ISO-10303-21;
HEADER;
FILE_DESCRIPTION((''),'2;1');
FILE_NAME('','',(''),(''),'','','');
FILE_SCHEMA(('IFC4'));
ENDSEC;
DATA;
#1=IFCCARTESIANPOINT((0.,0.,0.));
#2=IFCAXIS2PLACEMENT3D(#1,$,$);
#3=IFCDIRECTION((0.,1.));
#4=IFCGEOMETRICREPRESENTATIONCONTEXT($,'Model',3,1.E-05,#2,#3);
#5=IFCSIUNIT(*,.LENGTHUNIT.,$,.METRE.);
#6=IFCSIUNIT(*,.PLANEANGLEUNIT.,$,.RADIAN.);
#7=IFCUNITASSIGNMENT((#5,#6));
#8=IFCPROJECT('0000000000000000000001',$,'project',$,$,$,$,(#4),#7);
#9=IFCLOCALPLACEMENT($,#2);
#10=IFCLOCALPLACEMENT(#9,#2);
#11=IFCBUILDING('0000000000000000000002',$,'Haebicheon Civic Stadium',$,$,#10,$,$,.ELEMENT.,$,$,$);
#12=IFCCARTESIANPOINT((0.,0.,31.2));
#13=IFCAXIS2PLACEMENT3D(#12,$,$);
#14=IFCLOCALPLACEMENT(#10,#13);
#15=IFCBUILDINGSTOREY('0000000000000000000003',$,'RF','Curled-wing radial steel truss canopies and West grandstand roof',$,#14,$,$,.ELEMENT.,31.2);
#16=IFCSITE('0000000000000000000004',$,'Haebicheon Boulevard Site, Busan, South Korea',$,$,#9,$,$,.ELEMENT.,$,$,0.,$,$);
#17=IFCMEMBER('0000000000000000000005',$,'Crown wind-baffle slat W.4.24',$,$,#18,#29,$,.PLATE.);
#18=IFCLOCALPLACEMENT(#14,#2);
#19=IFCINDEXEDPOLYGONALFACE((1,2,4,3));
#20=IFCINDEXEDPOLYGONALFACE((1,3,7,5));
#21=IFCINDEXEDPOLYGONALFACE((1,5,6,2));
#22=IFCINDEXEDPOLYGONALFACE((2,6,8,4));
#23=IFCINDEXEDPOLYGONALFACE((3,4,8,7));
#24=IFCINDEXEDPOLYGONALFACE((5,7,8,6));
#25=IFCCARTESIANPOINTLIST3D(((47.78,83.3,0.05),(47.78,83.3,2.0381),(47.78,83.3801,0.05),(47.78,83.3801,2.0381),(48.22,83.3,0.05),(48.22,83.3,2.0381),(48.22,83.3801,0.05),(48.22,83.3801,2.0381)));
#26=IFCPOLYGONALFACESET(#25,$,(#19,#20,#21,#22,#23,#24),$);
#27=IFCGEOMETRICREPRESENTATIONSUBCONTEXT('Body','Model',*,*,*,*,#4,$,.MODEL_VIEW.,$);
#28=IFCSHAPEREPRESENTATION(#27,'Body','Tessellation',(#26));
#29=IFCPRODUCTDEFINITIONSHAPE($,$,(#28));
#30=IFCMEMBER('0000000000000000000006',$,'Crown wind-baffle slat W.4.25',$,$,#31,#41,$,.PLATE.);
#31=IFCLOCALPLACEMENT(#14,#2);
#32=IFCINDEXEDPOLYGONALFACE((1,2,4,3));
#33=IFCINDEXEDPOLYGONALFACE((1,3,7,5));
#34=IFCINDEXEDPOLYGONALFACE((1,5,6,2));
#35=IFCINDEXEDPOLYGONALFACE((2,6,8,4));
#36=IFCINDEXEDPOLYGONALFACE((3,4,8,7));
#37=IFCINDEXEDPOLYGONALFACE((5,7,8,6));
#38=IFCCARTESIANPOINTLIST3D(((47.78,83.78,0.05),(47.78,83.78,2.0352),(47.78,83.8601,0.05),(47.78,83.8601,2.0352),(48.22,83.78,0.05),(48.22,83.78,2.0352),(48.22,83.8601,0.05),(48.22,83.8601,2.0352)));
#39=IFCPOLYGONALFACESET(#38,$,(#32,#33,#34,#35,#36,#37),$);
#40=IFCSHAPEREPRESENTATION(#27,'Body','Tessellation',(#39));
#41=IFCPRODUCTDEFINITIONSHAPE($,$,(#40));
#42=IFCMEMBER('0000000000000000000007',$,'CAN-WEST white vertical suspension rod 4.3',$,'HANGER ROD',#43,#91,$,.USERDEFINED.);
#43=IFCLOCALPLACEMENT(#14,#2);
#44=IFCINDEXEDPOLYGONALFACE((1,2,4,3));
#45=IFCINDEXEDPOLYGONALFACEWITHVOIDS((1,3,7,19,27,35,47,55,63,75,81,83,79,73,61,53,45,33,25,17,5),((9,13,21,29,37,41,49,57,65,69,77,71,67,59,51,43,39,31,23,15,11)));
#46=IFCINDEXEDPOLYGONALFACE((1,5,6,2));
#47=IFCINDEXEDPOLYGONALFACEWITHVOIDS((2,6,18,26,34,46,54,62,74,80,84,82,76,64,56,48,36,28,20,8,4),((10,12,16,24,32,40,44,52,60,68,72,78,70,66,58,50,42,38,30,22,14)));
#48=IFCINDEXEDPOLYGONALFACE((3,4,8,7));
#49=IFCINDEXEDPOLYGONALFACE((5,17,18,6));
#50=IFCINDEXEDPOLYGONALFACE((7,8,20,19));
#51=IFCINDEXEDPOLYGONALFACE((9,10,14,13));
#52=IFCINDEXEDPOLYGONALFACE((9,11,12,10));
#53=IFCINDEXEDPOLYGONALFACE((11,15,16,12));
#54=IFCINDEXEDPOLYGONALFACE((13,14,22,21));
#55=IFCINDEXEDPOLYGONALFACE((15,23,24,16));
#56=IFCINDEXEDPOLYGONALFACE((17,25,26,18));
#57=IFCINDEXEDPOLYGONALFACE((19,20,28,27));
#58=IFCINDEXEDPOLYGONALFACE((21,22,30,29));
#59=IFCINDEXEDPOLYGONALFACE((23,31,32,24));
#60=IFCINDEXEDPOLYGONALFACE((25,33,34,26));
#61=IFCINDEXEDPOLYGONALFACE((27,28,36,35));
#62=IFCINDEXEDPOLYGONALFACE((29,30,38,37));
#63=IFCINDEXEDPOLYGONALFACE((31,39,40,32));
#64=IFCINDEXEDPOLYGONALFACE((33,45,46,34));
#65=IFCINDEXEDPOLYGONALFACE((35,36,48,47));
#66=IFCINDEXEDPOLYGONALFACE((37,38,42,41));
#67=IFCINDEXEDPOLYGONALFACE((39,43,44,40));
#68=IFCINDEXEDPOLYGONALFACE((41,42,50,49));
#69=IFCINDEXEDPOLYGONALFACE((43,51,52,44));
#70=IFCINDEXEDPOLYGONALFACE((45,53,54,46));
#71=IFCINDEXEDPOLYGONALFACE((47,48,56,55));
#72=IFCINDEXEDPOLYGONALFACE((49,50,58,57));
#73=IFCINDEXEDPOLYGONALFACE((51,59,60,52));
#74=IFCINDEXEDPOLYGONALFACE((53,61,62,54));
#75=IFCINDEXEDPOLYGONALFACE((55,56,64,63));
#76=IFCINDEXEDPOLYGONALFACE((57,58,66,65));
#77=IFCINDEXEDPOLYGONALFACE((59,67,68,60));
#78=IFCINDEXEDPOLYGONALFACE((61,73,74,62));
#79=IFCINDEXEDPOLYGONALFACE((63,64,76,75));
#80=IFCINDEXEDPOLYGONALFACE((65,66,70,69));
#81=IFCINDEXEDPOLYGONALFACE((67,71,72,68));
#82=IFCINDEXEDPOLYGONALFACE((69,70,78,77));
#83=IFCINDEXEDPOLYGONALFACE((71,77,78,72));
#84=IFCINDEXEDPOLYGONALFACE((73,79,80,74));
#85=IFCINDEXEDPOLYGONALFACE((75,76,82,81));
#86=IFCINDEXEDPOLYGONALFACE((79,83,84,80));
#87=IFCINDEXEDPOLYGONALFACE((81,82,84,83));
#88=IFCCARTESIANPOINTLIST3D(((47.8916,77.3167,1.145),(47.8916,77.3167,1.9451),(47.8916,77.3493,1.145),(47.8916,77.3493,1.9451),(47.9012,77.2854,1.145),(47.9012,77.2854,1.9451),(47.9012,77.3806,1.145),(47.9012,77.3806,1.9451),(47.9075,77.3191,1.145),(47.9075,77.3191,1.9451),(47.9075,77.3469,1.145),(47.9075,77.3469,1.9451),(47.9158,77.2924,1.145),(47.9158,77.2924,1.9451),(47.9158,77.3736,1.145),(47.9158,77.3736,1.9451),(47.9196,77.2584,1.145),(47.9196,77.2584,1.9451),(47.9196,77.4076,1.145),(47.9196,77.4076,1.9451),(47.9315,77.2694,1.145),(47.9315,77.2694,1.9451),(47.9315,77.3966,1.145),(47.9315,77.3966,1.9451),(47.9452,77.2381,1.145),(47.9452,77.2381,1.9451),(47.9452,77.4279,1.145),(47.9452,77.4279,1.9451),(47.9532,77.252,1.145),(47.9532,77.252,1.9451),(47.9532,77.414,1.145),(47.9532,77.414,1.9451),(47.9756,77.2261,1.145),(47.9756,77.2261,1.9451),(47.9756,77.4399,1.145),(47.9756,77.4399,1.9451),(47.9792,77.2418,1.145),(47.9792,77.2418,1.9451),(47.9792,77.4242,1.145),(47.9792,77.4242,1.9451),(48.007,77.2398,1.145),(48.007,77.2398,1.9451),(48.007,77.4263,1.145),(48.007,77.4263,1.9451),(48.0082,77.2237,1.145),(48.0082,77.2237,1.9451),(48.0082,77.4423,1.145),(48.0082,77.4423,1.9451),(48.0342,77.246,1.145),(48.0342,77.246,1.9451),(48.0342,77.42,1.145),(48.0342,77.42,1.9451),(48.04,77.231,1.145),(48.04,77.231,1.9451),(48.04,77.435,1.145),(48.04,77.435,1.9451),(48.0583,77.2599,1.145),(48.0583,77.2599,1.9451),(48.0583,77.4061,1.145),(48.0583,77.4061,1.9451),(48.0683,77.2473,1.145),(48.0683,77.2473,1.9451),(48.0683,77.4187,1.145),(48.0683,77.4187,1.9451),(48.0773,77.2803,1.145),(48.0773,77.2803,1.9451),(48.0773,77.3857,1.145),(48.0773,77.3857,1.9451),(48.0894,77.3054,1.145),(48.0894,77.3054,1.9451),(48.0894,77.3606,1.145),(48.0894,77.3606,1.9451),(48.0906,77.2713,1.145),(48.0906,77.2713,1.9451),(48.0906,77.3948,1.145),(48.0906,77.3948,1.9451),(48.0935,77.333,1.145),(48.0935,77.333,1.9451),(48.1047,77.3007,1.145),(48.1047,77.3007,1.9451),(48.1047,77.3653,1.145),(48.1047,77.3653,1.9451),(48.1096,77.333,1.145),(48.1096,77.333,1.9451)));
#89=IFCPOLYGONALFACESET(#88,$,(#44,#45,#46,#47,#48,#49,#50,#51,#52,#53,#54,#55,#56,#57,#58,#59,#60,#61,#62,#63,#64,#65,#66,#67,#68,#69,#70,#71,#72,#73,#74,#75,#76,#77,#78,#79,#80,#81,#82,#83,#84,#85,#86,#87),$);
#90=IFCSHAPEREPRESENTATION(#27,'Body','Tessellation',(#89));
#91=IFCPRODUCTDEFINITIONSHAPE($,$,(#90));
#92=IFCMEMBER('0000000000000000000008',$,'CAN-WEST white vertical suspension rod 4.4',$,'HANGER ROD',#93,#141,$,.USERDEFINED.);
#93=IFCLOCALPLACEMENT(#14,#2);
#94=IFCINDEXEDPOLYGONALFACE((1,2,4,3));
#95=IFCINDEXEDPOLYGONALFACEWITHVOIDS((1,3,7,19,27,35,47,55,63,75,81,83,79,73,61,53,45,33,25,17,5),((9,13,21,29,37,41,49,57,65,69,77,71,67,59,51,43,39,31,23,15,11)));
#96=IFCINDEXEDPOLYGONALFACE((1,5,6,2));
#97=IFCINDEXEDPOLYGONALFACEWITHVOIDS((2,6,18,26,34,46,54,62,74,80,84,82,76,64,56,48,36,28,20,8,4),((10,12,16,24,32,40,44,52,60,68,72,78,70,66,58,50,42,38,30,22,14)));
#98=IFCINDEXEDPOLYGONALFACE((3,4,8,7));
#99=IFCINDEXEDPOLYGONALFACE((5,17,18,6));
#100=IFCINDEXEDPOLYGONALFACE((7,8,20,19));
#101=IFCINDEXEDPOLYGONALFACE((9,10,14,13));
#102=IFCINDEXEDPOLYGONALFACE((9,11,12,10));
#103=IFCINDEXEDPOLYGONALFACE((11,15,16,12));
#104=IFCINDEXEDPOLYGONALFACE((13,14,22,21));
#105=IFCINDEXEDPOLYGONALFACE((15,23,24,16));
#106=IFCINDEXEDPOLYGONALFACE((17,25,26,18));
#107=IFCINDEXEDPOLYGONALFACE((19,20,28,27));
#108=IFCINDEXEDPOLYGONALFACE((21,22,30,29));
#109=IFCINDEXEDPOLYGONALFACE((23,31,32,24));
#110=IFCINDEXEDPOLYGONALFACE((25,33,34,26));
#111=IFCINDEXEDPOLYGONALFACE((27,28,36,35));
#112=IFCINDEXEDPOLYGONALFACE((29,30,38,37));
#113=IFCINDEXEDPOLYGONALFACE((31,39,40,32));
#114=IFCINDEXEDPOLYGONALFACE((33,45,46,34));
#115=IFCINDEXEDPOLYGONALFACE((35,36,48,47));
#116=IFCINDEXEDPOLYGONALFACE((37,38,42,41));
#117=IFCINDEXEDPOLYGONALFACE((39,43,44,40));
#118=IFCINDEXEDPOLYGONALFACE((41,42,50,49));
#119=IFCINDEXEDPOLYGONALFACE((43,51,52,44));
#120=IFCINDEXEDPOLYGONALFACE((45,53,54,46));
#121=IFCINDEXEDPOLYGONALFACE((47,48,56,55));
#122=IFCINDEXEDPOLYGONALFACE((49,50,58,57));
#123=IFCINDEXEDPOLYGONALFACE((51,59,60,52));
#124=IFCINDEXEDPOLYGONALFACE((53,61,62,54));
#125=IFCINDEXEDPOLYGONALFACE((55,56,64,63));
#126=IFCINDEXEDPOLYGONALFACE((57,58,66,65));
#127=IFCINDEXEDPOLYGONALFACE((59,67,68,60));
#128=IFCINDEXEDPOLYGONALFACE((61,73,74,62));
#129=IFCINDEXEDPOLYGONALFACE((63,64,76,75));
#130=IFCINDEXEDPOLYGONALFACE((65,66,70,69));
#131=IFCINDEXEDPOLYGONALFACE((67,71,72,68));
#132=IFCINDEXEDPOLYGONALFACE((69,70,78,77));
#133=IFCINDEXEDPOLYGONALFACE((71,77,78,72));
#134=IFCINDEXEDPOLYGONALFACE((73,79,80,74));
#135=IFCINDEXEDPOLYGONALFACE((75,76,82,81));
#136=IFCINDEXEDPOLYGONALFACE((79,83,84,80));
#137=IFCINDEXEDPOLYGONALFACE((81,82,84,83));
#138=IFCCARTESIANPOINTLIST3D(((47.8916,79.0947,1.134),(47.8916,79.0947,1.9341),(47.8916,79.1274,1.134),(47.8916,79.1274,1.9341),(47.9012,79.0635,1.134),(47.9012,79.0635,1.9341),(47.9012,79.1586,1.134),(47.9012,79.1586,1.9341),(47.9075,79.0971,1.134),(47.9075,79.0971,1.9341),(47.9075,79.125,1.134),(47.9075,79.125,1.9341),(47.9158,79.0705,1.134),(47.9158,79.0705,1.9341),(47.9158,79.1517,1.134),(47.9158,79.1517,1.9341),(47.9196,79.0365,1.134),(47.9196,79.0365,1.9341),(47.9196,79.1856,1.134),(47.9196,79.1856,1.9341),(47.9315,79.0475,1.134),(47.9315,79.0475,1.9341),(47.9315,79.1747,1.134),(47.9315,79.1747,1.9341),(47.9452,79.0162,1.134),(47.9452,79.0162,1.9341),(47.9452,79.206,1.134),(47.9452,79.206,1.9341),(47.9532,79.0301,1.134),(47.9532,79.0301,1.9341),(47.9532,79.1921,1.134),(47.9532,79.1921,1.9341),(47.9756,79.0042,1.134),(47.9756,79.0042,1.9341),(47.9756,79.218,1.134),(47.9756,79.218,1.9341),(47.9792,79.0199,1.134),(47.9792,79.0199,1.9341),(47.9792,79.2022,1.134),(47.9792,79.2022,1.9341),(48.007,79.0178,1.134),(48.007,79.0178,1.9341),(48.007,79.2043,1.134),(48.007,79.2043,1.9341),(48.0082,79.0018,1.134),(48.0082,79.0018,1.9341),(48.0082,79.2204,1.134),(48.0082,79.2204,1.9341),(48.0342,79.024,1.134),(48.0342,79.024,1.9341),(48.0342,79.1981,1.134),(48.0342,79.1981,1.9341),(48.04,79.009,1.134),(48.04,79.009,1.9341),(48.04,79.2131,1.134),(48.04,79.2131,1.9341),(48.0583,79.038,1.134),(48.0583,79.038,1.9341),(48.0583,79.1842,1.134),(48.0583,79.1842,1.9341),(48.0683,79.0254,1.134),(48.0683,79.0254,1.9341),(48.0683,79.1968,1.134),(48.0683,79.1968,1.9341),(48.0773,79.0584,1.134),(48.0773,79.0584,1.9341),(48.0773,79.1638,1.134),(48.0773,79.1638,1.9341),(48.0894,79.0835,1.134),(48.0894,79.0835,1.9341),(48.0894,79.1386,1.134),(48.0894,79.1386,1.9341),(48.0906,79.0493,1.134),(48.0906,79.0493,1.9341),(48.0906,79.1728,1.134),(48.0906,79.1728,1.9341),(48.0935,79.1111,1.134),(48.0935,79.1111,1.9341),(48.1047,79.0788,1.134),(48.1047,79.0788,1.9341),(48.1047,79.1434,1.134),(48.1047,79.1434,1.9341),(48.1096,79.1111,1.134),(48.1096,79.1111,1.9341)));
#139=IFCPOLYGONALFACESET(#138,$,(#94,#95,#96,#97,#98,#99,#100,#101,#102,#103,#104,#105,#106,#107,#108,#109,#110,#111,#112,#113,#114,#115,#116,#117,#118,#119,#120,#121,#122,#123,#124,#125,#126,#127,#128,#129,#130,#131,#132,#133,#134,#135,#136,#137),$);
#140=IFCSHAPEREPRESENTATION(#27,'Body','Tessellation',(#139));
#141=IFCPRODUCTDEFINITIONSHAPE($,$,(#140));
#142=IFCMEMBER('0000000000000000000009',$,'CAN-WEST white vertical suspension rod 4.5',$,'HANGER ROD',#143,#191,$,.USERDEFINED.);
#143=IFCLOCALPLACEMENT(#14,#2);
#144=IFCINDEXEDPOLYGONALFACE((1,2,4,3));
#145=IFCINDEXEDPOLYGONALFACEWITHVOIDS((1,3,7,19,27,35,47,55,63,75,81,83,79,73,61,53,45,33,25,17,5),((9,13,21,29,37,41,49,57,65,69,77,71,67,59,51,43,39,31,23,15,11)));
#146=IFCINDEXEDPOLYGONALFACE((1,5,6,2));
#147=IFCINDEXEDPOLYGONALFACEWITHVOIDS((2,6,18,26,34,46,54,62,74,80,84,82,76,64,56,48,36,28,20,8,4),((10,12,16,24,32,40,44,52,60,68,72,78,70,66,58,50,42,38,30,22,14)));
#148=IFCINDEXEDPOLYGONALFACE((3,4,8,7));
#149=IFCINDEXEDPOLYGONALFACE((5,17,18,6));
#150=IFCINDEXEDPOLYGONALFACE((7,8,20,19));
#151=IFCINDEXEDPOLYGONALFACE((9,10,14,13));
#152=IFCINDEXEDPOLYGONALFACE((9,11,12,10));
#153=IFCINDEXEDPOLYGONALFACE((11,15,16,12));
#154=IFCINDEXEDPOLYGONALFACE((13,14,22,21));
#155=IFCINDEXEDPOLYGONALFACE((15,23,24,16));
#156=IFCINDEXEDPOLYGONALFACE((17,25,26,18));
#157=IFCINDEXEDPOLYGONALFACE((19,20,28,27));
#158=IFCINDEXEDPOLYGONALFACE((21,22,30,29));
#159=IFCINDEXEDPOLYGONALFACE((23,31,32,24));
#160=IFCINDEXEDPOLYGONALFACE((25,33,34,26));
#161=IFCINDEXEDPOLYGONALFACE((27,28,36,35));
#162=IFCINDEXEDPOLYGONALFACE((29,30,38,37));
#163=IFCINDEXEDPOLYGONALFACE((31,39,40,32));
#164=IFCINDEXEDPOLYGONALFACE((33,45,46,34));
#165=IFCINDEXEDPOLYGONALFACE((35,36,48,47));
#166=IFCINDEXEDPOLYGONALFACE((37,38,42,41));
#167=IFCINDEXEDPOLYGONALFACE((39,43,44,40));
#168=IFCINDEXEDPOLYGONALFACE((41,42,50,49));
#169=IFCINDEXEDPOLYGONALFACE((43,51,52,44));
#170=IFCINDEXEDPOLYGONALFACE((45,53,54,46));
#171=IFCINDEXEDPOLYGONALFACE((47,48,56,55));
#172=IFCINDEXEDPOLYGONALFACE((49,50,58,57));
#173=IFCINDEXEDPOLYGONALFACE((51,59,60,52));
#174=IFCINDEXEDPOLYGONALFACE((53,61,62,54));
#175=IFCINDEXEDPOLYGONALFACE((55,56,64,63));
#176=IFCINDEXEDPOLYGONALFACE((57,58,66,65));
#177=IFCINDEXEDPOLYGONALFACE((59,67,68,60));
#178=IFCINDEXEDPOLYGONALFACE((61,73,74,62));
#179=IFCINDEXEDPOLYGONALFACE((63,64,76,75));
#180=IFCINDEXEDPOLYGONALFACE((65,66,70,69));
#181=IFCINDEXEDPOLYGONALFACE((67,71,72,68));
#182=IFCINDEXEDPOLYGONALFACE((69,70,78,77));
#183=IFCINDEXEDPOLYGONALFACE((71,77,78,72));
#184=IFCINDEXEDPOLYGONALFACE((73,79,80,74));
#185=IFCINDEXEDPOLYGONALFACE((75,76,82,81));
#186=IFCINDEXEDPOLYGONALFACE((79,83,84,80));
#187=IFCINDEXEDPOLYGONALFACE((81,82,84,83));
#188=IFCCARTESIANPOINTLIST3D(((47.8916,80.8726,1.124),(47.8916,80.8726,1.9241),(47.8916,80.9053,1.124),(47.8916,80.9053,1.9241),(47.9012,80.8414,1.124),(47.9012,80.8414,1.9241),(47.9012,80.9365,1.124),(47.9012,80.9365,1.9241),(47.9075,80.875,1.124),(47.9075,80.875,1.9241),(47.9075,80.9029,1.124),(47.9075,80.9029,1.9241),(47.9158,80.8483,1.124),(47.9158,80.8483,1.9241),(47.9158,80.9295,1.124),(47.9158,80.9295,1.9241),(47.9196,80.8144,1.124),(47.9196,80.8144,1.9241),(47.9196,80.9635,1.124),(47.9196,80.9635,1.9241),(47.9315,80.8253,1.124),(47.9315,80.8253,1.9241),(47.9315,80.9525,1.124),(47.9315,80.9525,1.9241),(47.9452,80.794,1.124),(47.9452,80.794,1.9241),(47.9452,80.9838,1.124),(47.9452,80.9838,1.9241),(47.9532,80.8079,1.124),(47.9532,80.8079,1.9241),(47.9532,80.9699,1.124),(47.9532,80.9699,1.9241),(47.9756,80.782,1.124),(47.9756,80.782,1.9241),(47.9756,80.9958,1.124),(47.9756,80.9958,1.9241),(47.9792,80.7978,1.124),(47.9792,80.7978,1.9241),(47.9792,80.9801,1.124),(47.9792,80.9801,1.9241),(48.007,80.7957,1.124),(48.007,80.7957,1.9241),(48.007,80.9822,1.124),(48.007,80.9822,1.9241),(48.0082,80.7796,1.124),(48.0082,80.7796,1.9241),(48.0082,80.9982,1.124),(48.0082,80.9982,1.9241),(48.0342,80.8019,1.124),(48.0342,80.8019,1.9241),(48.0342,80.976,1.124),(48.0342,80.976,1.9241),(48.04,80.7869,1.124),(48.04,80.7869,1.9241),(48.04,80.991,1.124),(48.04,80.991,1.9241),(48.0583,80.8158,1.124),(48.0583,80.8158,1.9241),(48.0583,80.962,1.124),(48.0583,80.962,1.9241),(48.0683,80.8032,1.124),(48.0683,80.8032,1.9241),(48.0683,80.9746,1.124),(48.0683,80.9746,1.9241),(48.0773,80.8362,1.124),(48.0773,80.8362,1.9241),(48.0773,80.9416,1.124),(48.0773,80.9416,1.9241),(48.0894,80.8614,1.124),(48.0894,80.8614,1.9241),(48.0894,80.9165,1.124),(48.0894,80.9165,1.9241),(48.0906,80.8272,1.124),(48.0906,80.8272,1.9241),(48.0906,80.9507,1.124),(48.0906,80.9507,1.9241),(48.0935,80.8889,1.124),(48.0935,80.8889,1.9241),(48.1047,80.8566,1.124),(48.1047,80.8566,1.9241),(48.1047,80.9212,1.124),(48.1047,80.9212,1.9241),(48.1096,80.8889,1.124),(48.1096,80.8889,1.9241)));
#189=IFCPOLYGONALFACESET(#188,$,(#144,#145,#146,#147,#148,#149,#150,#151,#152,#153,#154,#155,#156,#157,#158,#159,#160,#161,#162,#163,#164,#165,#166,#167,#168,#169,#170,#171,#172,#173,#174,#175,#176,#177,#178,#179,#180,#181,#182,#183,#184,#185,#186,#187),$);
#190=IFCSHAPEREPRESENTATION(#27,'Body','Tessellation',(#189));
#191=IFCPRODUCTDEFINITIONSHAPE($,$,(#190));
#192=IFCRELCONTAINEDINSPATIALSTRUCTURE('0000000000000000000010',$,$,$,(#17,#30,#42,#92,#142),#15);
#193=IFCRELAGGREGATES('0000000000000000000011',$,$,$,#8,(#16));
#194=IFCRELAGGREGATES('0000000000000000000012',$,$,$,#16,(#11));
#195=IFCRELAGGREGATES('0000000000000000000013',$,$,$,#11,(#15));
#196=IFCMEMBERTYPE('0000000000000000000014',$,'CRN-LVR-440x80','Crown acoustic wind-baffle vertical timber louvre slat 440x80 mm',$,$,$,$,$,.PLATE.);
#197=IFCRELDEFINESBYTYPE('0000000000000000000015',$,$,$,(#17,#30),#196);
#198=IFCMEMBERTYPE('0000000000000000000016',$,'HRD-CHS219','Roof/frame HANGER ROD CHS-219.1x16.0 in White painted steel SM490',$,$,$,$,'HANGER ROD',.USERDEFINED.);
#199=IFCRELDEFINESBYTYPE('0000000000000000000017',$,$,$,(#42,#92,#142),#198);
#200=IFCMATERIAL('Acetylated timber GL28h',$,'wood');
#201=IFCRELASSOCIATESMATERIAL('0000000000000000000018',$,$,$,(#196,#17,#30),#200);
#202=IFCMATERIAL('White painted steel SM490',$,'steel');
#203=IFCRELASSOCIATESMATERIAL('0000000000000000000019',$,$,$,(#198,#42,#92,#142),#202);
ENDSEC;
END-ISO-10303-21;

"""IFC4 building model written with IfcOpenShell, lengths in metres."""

from ifc_helpers import new_model, si_unit, direction, frame, origin, origin_2d, place, context, subcontext, project, spatial, rectangle, hollow_circle, extrude, material, material_profile, profile_set, type_object, element, save


model = new_model("IFC4")

# Units and contexts
model_context = context("Model", 3, precision=1e-05, world=origin(), true_north=direction((0.0, 1.0)))
body_context = subcontext(model_context, "Body", "Model", "MODEL_VIEW")
ifc_project = project(units=[si_unit("LENGTHUNIT", "METRE"), si_unit("PLANEANGLEUNIT", "RADIAN")], contexts=[model_context])

# Site, building, storey
site_placement = place(None, origin())
site = spatial("IfcSite", under=ifc_project, at=site_placement, Name="Haebicheon Boulevard Site, Busan, South Korea", CompositionType="ELEMENT", RefElevation=0.0)
building_placement = place(site_placement, origin())
building = spatial("IfcBuilding", under=site, at=building_placement, Name="Haebicheon Civic Stadium", CompositionType="ELEMENT")
storey_placement = place(building_placement, frame((0.0, 0.0, 31.2)))
storey = spatial("IfcBuildingStorey", under=building, at=storey_placement, Name="RF", Description="Curled-wing radial steel truss canopies and West grandstand roof", CompositionType="ELEMENT", Elevation=31.2)

# Members
ifc_material_1 = material(Name="Acetylated timber GL28h", Category="wood")
ifc_material_profile_1 = material_profile(ifc_material_1, rectangle(XDim=0.0801, YDim=0.4399, at=origin_2d()), Name="TMB-LOUV-80x440")
ifc_profile_set_1 = profile_set([ifc_material_profile_1], Name="Acetylated timber GL28h")
member_type_1 = type_object("IfcMemberType", Name="CRN-LVR-440x80", Description="Crown acoustic wind-baffle vertical timber louvre slat 440x80 mm", PredefinedType="PLATE", material=ifc_profile_set_1)
member_1_placement = place(storey_placement, frame((48.0, 83.3401, 0.05), z_axis=(0.0, 0.0, 1.0), x_axis=(0.0, 1.0, 0.0)))
element("IfcMember", 1, at=member_1_placement, inside=storey, type_object=member_type_1, material=ifc_profile_set_1, Name="Crown wind-baffle slat W.4.24", PredefinedType="PLATE", context=body_context, shape_type="SweptSolid", body=[
    extrude(rectangle(XDim=0.0801, YDim=0.4399, at=origin_2d()), origin(), (0.0, 0.0, 1.0), 1.988),
])
member_2_placement = place(storey_placement, frame((48.0, 83.8201, 0.05), z_axis=(0.0, 0.0, 1.0), x_axis=(0.0, 1.0, 0.0)))
element("IfcMember", 2, at=member_2_placement, inside=storey, type_object=member_type_1, material=ifc_profile_set_1, Name="Crown wind-baffle slat W.4.25", PredefinedType="PLATE", context=body_context, shape_type="SweptSolid", body=[
    extrude(rectangle(XDim=0.0801, YDim=0.4399, at=origin_2d()), origin(), (0.0, 0.0, 1.0), 1.9851),
])
ifc_material_2 = material(Name="White painted steel SM490", Category="steel")
ifc_material_profile_2 = material_profile(ifc_material_2, hollow_circle(Radius=0.1096, WallThickness=0.0161, at=origin_2d()), Name="CHS-219.1x16.0")
ifc_profile_set_2 = profile_set([ifc_material_profile_2], Name="White painted steel SM490")
member_type_2 = type_object("IfcMemberType", Name="HRD-CHS219", Description="Roof/frame HANGER ROD CHS-219.1x16.0 in White painted steel SM490", ElementType="HANGER ROD", PredefinedType="USERDEFINED", material=ifc_profile_set_2)
for number, where, z_axis, x_axis, name in (
    (3, (48.0, 77.333, 1.145), (0.0, 0.0, 1.0), (1.0, 0.0, 0.0), "CAN-WEST white vertical suspension rod 4.3"),
    (4, (48.0, 79.1111, 1.134), (0.0, 0.0, 1.0), (1.0, 0.0, 0.0), "CAN-WEST white vertical suspension rod 4.4"),
    (5, (48.0, 80.8889, 1.124), (0.0, 0.0, 1.0), (1.0, 0.0, 0.0), "CAN-WEST white vertical suspension rod 4.5"),
):
    element("IfcMember", number, at=place(storey_placement, frame(where, z_axis=z_axis, x_axis=x_axis)), inside=storey, type_object=member_type_2, material=ifc_profile_set_2, Name=name, ObjectType="HANGER ROD", PredefinedType="USERDEFINED", context=body_context, shape_type="SweptSolid", body=[
        extrude(hollow_circle(Radius=0.1096, WallThickness=0.0161, at=origin_2d()), origin(), (0.0, 0.0, 1.0), 0.8),
    ])

save(model, "model.ifc")
